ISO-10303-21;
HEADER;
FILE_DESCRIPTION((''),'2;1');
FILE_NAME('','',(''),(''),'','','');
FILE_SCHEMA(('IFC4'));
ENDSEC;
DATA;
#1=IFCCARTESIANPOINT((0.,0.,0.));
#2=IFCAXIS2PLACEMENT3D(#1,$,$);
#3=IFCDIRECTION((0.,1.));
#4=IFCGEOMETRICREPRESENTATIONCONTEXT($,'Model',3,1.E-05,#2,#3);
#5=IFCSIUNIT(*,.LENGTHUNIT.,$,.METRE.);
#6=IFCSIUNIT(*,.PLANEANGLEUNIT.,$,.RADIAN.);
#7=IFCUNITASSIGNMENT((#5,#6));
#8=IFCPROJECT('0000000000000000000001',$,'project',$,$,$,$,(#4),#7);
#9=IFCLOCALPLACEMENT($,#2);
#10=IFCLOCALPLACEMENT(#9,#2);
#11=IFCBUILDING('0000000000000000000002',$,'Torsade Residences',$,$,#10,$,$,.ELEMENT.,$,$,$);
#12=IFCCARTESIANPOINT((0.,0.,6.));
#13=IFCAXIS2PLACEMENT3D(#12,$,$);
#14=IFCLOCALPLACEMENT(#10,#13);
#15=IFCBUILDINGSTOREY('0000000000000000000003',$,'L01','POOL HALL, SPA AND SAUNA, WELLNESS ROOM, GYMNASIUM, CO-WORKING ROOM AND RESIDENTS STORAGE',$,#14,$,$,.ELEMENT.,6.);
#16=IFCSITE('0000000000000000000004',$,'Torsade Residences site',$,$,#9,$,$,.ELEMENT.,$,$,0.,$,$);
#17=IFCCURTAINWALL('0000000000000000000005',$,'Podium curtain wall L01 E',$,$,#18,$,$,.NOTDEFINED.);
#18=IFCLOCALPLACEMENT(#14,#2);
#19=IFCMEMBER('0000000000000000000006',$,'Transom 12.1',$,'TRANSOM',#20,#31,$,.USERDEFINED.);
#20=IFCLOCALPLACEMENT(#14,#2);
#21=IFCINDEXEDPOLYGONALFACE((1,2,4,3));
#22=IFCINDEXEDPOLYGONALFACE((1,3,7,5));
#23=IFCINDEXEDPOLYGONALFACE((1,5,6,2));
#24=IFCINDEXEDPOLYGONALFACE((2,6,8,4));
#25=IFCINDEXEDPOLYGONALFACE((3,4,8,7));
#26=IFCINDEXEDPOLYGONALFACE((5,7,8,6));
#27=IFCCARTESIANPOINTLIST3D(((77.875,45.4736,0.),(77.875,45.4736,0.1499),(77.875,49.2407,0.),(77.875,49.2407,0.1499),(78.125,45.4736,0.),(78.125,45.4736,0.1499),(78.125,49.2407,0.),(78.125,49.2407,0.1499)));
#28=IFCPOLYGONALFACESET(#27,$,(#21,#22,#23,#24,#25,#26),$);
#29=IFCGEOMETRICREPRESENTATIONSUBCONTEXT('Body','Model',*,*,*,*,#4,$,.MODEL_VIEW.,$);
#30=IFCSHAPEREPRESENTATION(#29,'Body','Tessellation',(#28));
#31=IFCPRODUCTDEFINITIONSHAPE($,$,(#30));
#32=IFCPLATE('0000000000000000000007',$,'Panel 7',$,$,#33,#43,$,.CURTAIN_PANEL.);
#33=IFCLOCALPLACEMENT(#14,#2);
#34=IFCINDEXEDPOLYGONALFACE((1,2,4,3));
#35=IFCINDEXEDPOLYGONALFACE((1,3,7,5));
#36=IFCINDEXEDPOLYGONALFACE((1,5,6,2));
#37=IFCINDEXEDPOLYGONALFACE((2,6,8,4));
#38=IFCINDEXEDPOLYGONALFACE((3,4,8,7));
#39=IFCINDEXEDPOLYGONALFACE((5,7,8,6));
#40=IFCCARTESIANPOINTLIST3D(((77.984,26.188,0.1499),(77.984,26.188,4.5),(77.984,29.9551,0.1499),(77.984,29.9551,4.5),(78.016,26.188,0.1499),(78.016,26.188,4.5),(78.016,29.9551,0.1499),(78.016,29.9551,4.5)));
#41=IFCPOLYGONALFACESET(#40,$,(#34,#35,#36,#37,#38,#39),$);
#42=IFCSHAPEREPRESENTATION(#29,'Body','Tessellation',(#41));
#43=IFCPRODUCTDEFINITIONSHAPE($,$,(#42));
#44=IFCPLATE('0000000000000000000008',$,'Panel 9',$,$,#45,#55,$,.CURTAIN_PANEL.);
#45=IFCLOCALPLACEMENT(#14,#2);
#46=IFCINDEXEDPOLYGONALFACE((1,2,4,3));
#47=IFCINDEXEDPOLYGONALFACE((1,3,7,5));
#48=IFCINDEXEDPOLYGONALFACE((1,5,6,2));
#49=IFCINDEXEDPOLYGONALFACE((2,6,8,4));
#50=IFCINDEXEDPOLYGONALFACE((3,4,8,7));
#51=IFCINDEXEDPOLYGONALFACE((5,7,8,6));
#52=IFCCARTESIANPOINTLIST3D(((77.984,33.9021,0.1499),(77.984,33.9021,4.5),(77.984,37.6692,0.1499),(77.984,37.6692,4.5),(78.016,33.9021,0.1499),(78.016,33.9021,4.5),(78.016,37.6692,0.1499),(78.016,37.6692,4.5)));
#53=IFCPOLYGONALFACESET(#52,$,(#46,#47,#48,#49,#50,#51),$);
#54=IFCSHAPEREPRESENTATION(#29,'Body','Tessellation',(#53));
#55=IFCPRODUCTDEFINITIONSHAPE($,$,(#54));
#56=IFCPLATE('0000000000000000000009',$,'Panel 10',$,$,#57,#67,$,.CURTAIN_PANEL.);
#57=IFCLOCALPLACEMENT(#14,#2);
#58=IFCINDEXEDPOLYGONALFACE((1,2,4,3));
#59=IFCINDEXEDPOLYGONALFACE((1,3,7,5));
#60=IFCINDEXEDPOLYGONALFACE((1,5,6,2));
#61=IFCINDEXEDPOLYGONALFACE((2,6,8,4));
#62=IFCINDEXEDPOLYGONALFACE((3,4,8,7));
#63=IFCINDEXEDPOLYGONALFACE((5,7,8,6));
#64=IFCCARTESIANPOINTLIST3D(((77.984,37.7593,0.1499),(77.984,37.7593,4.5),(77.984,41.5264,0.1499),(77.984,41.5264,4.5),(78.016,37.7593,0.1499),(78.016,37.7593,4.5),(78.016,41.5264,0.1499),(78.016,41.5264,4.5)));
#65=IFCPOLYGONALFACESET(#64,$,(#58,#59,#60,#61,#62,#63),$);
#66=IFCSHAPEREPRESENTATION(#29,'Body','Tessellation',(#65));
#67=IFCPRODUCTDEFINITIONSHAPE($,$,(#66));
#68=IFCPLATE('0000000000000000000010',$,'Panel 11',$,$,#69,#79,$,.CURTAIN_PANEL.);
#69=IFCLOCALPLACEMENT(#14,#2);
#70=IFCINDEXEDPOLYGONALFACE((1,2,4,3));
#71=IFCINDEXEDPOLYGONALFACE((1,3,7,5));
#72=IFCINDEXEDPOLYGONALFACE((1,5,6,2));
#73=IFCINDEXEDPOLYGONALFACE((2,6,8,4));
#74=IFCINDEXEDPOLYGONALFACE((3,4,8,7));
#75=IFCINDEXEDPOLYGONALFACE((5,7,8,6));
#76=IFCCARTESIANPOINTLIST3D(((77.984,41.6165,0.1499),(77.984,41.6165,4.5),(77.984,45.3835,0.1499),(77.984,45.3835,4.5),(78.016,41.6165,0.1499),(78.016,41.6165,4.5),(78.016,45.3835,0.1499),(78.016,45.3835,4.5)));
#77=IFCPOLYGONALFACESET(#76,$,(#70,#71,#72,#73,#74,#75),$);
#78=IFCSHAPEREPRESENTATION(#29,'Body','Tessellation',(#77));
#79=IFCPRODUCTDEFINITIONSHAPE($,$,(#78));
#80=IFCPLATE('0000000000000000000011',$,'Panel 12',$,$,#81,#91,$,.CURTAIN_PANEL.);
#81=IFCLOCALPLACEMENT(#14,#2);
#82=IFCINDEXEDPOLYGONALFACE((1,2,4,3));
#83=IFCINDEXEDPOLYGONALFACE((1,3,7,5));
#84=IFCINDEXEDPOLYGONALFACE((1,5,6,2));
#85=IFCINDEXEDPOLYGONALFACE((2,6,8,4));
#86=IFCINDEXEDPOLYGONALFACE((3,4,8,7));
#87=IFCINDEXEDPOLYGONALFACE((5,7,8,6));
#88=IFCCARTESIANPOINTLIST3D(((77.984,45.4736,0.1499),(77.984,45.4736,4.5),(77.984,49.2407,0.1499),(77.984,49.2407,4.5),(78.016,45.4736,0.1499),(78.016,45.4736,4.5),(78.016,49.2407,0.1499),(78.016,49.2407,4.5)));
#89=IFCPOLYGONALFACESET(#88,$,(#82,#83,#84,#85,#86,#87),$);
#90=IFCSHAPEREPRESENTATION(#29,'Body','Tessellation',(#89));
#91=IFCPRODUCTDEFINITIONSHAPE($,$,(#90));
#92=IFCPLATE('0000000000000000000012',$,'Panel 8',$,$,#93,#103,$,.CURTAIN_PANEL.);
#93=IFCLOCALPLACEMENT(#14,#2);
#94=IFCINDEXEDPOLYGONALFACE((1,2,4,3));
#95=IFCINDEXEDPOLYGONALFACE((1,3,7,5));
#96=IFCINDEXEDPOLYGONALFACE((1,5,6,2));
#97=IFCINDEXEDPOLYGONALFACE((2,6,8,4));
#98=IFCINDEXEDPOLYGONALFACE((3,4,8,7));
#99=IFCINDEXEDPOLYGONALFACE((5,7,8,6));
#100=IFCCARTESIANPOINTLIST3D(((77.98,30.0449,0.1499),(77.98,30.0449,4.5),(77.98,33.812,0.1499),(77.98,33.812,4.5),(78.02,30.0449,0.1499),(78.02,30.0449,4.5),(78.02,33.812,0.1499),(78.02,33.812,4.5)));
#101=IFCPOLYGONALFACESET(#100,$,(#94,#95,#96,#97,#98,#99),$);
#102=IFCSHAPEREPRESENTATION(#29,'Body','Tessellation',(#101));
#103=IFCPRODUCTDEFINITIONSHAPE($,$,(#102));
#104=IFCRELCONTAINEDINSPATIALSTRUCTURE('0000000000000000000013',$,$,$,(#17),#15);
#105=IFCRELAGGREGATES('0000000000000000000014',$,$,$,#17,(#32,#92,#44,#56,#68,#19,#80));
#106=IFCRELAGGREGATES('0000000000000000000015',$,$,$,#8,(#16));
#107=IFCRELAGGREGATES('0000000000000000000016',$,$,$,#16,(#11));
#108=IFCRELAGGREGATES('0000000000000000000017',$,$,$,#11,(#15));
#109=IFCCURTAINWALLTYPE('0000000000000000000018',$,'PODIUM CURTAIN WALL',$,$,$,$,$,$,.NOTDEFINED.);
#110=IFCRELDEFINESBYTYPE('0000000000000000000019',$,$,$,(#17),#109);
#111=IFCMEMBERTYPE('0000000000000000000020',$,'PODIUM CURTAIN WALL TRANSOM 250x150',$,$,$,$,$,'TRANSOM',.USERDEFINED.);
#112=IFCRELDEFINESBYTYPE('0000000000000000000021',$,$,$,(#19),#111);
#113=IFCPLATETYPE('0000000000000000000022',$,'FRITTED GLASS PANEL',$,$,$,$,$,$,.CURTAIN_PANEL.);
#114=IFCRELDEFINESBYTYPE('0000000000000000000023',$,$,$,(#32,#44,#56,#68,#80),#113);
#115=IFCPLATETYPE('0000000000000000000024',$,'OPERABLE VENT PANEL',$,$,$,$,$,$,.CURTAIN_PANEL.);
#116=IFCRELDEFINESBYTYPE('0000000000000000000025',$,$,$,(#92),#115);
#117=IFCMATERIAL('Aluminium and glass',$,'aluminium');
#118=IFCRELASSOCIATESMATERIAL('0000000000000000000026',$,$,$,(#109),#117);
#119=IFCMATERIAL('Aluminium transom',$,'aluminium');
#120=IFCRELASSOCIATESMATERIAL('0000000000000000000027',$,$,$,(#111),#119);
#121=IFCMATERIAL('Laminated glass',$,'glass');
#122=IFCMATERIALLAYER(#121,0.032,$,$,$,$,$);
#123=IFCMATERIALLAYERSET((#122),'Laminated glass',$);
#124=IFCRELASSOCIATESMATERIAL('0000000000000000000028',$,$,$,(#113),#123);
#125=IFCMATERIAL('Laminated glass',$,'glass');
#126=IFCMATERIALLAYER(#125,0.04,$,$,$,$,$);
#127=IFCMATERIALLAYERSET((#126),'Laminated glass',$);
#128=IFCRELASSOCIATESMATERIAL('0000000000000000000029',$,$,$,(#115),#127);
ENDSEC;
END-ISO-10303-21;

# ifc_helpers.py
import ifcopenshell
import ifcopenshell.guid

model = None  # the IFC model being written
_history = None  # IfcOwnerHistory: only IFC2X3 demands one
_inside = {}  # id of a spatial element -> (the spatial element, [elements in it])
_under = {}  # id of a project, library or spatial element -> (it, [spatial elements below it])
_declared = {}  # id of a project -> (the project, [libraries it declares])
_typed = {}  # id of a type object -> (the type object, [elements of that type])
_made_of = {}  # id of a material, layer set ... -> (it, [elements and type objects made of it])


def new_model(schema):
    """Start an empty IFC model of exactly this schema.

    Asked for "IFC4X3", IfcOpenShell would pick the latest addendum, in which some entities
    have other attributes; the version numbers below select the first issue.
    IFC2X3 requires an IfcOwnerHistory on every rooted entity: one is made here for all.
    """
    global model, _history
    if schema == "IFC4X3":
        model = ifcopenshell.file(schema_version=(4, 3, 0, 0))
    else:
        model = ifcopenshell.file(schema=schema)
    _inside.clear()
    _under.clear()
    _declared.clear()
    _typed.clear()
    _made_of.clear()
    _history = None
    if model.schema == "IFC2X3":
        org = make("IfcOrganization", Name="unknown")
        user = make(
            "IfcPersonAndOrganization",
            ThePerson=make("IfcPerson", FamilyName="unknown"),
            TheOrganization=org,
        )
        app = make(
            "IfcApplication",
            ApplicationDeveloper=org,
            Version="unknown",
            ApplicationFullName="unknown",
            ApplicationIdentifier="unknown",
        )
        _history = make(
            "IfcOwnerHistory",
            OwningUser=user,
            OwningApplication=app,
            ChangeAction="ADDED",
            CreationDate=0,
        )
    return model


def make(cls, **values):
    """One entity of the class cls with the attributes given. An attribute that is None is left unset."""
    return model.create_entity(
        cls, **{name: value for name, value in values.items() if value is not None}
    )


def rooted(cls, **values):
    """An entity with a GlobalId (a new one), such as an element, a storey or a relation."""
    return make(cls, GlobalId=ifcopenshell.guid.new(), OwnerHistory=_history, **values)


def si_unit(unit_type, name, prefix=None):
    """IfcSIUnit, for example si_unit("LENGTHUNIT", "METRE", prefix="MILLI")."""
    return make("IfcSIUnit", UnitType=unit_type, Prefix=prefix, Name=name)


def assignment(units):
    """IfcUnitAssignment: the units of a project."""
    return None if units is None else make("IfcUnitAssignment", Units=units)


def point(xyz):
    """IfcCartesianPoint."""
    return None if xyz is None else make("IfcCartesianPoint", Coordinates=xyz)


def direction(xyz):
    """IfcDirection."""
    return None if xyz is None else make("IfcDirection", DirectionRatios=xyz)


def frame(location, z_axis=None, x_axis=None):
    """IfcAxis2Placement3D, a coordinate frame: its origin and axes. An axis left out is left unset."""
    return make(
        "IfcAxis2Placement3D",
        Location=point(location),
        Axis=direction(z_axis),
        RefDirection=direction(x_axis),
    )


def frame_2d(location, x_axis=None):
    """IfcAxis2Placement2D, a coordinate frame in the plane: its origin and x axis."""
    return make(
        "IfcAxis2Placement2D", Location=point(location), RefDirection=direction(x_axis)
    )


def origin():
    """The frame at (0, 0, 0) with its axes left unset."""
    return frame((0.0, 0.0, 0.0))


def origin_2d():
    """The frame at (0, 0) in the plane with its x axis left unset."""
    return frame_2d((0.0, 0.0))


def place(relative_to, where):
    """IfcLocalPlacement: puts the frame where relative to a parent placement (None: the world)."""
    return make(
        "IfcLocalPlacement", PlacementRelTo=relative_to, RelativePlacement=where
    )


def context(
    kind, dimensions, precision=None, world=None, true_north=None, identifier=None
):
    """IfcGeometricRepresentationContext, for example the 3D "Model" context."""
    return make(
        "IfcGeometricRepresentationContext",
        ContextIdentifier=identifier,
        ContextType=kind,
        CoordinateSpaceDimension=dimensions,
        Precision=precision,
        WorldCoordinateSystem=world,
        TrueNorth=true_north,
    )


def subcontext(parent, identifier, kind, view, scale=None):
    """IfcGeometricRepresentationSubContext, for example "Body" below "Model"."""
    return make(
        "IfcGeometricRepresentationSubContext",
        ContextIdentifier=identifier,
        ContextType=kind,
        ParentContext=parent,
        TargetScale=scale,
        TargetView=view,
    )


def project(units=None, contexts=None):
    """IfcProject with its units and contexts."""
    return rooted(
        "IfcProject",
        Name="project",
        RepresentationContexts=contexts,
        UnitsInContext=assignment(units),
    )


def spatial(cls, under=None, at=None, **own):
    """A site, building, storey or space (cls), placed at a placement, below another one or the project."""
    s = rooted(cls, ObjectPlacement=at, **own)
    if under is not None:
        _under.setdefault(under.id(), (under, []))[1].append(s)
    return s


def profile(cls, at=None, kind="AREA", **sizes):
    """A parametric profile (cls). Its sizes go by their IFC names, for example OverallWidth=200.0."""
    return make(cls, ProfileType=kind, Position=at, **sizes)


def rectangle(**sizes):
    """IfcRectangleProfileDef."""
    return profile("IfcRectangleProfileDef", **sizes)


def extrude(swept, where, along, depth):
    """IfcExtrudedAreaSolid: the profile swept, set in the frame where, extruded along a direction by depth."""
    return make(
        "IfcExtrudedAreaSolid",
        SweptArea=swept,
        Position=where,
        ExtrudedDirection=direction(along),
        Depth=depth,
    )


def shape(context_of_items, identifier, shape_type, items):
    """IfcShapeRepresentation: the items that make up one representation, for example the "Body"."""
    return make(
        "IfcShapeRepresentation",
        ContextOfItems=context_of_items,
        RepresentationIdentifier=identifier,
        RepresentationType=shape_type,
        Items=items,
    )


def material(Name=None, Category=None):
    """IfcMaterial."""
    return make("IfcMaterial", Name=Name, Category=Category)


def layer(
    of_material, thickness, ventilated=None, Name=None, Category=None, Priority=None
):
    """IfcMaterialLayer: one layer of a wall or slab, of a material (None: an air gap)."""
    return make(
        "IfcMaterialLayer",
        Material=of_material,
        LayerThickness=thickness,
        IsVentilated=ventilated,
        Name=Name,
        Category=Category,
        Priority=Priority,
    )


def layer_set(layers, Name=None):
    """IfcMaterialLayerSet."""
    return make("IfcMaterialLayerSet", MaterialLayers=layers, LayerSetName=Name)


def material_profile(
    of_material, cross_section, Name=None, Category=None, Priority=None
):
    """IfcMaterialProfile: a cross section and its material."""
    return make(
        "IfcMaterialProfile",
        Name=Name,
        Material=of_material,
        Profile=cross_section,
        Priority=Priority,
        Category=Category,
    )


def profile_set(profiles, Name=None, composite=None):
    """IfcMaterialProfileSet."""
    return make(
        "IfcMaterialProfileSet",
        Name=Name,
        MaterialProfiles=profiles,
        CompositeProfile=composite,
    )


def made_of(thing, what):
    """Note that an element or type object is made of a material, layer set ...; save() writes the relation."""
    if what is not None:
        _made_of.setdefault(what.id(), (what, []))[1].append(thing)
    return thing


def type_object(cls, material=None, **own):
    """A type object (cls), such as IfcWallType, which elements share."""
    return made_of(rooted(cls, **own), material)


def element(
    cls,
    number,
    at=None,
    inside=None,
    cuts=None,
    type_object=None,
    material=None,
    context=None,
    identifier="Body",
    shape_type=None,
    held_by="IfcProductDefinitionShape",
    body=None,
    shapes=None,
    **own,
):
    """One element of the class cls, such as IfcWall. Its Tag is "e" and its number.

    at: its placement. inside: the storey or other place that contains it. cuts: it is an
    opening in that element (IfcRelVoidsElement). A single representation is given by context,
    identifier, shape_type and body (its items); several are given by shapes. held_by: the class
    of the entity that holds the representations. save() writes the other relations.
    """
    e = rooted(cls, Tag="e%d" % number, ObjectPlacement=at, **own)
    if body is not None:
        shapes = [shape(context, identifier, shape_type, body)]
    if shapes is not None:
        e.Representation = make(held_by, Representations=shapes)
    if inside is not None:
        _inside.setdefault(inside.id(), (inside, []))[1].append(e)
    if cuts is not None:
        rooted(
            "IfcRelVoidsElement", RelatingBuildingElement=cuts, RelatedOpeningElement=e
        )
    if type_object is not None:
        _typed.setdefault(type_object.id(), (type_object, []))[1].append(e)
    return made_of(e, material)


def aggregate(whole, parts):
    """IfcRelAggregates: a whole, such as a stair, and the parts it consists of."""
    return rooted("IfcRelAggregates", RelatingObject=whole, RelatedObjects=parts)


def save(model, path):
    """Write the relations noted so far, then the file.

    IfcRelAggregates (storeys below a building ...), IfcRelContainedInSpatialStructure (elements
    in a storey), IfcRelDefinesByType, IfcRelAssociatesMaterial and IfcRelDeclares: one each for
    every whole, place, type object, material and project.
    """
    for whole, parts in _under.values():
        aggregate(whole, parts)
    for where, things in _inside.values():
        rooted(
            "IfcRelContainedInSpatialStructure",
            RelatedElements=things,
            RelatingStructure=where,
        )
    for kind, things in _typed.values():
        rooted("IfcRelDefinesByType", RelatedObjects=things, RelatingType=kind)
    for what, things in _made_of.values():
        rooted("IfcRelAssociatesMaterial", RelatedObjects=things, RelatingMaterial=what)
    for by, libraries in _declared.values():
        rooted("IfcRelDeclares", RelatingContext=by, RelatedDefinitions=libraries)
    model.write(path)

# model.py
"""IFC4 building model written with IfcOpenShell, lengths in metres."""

from ifc_helpers import new_model, si_unit, direction, frame, origin, origin_2d, place, context, subcontext, project, spatial, rectangle, extrude, material, layer, layer_set, material_profile, profile_set, type_object, element, aggregate, save


model = new_model("IFC4")

# Units and contexts
model_context = context("Model", 3, precision=1e-05, world=origin(), true_north=direction((0.0, 1.0)))
body_context = subcontext(model_context, "Body", "Model", "MODEL_VIEW")
ifc_project = project(units=[si_unit("LENGTHUNIT", "METRE"), si_unit("PLANEANGLEUNIT", "RADIAN")], contexts=[model_context])

# Site, building, storey
site_placement = place(None, origin())
site = spatial("IfcSite", under=ifc_project, at=site_placement, Name="Torsade Residences site", CompositionType="ELEMENT", RefElevation=0.0)
building_placement = place(site_placement, origin())
building = spatial("IfcBuilding", under=site, at=building_placement, Name="Torsade Residences", CompositionType="ELEMENT")
storey_placement = place(building_placement, frame((0.0, 0.0, 6.0)))
storey = spatial("IfcBuildingStorey", under=building, at=storey_placement, Name="L01", Description="POOL HALL, SPA AND SAUNA, WELLNESS ROOM, GYMNASIUM, CO-WORKING ROOM AND RESIDENTS STORAGE", CompositionType="ELEMENT", Elevation=6.0)

# Curtain wall, member, plates
ifc_material_1 = material(Name="Aluminium and glass", Category="aluminium")
curtain_wall_type = type_object("IfcCurtainWallType", Name="PODIUM CURTAIN WALL", PredefinedType="NOTDEFINED", material=ifc_material_1)
curtain_wall_placement = place(storey_placement, origin())
curtain_wall = element("IfcCurtainWall", 1, at=curtain_wall_placement, inside=storey, type_object=curtain_wall_type, Name="Podium curtain wall L01 E", PredefinedType="NOTDEFINED")
ifc_material_2 = material(Name="Aluminium transom", Category="aluminium")
ifc_material_profile_1 = material_profile(ifc_material_2, rectangle(XDim=0.25, YDim=0.1499, at=origin_2d()), Name="PODIUM CURTAIN WALL TRANSOM 250x150")
ifc_profile_set_1 = profile_set([ifc_material_profile_1], Name="Aluminium transom")
member_type_1 = type_object("IfcMemberType", Name="PODIUM CURTAIN WALL TRANSOM 250x150", ElementType="TRANSOM", PredefinedType="USERDEFINED", material=ifc_profile_set_1)
member_1_placement = place(storey_placement, frame((78.0, 45.4736, 0.075), z_axis=(0.0, 1.0, 0.0), x_axis=(-1.0, 0.0, 0.0)))
member_1 = element("IfcMember", 2, at=member_1_placement, type_object=member_type_1, Name="Transom 12.1", ObjectType="TRANSOM", PredefinedType="USERDEFINED", context=body_context, shape_type="SweptSolid", body=[
    extrude(rectangle(XDim=0.25, YDim=0.1499, at=origin_2d()), origin(), (0.0, 0.0, 1.0), 3.7671),
])
ifc_material_3 = material(Name="Laminated glass", Category="glass")
ifc_layer_1 = layer(ifc_material_3, 0.032)
ifc_layer_set_1 = layer_set([ifc_layer_1], Name="Laminated glass")
plate_type_1 = type_object("IfcPlateType", Name="FRITTED GLASS PANEL", PredefinedType="CURTAIN_PANEL", material=ifc_layer_set_1)
plate_1_placement = place(storey_placement, frame((78.0, 28.0715, 0.1499), z_axis=(0.0, 0.0, 1.0), x_axis=(0.0, 1.0, 0.0)))
plate_1 = element("IfcPlate", 3, at=plate_1_placement, type_object=plate_type_1, Name="Panel 7", PredefinedType="CURTAIN_PANEL", context=body_context, shape_type="SweptSolid", body=[
    extrude(rectangle(XDim=3.7671, YDim=0.032, at=origin_2d()), origin(), (0.0, 0.0, 1.0), 4.3501),
])
plate_2_placement = place(storey_placement, frame((78.0, 35.7856, 0.1499), z_axis=(0.0, 0.0, 1.0), x_axis=(0.0, 1.0, 0.0)))
plate_2 = element("IfcPlate", 4, at=plate_2_placement, type_object=plate_type_1, Name="Panel 9", PredefinedType="CURTAIN_PANEL", context=body_context, shape_type="SweptSolid", body=[
    extrude(rectangle(XDim=3.7671, YDim=0.032, at=origin_2d()), origin(), (0.0, 0.0, 1.0), 4.3501),
])
plate_3_placement = place(storey_placement, frame((78.0, 39.6428, 0.1499), z_axis=(0.0, 0.0, 1.0), x_axis=(0.0, 1.0, 0.0)))
plate_3 = element("IfcPlate", 5, at=plate_3_placement, type_object=plate_type_1, Name="Panel 10", PredefinedType="CURTAIN_PANEL", context=body_context, shape_type="SweptSolid", body=[
    extrude(rectangle(XDim=3.7671, YDim=0.032, at=origin_2d()), origin(), (0.0, 0.0, 1.0), 4.3501),
])
plate_4_placement = place(storey_placement, frame((78.0, 43.5, 0.1499), z_axis=(0.0, 0.0, 1.0), x_axis=(0.0, 1.0, 0.0)))
plate_4 = element("IfcPlate", 6, at=plate_4_placement, type_object=plate_type_1, Name="Panel 11", PredefinedType="CURTAIN_PANEL", context=body_context, shape_type="SweptSolid", body=[
    extrude(rectangle(XDim=3.7671, YDim=0.032, at=origin_2d()), origin(), (0.0, 0.0, 1.0), 4.3501),
])
plate_5_placement = place(storey_placement, frame((78.0, 47.3572, 0.1499), z_axis=(0.0, 0.0, 1.0), x_axis=(0.0, 1.0, 0.0)))
plate_5 = element("IfcPlate", 7, at=plate_5_placement, type_object=plate_type_1, Name="Panel 12", PredefinedType="CURTAIN_PANEL", context=body_context, shape_type="SweptSolid", body=[
    extrude(rectangle(XDim=3.7671, YDim=0.032, at=origin_2d()), origin(), (0.0, 0.0, 1.0), 4.3501),
])
ifc_material_4 = material(Name="Laminated glass", Category="glass")
ifc_layer_2 = layer(ifc_material_4, 0.04)
ifc_layer_set_2 = layer_set([ifc_layer_2], Name="Laminated glass")
plate_type_2 = type_object("IfcPlateType", Name="OPERABLE VENT PANEL", PredefinedType="CURTAIN_PANEL", material=ifc_layer_set_2)
plate_6_placement = place(storey_placement, frame((78.0, 31.9285, 0.1499), z_axis=(0.0, 0.0, 1.0), x_axis=(0.0, 1.0, 0.0)))
plate_6 = element("IfcPlate", 8, at=plate_6_placement, type_object=plate_type_2, Name="Panel 8", PredefinedType="CURTAIN_PANEL", context=body_context, shape_type="SweptSolid", body=[
    extrude(rectangle(XDim=3.7671, YDim=0.04, at=origin_2d()), origin(), (0.0, 0.0, 1.0), 4.3501),
])
aggregate(curtain_wall, [plate_1, plate_6, plate_2, plate_3, plate_4, member_1, plate_5])

save(model, "model.ifc")
